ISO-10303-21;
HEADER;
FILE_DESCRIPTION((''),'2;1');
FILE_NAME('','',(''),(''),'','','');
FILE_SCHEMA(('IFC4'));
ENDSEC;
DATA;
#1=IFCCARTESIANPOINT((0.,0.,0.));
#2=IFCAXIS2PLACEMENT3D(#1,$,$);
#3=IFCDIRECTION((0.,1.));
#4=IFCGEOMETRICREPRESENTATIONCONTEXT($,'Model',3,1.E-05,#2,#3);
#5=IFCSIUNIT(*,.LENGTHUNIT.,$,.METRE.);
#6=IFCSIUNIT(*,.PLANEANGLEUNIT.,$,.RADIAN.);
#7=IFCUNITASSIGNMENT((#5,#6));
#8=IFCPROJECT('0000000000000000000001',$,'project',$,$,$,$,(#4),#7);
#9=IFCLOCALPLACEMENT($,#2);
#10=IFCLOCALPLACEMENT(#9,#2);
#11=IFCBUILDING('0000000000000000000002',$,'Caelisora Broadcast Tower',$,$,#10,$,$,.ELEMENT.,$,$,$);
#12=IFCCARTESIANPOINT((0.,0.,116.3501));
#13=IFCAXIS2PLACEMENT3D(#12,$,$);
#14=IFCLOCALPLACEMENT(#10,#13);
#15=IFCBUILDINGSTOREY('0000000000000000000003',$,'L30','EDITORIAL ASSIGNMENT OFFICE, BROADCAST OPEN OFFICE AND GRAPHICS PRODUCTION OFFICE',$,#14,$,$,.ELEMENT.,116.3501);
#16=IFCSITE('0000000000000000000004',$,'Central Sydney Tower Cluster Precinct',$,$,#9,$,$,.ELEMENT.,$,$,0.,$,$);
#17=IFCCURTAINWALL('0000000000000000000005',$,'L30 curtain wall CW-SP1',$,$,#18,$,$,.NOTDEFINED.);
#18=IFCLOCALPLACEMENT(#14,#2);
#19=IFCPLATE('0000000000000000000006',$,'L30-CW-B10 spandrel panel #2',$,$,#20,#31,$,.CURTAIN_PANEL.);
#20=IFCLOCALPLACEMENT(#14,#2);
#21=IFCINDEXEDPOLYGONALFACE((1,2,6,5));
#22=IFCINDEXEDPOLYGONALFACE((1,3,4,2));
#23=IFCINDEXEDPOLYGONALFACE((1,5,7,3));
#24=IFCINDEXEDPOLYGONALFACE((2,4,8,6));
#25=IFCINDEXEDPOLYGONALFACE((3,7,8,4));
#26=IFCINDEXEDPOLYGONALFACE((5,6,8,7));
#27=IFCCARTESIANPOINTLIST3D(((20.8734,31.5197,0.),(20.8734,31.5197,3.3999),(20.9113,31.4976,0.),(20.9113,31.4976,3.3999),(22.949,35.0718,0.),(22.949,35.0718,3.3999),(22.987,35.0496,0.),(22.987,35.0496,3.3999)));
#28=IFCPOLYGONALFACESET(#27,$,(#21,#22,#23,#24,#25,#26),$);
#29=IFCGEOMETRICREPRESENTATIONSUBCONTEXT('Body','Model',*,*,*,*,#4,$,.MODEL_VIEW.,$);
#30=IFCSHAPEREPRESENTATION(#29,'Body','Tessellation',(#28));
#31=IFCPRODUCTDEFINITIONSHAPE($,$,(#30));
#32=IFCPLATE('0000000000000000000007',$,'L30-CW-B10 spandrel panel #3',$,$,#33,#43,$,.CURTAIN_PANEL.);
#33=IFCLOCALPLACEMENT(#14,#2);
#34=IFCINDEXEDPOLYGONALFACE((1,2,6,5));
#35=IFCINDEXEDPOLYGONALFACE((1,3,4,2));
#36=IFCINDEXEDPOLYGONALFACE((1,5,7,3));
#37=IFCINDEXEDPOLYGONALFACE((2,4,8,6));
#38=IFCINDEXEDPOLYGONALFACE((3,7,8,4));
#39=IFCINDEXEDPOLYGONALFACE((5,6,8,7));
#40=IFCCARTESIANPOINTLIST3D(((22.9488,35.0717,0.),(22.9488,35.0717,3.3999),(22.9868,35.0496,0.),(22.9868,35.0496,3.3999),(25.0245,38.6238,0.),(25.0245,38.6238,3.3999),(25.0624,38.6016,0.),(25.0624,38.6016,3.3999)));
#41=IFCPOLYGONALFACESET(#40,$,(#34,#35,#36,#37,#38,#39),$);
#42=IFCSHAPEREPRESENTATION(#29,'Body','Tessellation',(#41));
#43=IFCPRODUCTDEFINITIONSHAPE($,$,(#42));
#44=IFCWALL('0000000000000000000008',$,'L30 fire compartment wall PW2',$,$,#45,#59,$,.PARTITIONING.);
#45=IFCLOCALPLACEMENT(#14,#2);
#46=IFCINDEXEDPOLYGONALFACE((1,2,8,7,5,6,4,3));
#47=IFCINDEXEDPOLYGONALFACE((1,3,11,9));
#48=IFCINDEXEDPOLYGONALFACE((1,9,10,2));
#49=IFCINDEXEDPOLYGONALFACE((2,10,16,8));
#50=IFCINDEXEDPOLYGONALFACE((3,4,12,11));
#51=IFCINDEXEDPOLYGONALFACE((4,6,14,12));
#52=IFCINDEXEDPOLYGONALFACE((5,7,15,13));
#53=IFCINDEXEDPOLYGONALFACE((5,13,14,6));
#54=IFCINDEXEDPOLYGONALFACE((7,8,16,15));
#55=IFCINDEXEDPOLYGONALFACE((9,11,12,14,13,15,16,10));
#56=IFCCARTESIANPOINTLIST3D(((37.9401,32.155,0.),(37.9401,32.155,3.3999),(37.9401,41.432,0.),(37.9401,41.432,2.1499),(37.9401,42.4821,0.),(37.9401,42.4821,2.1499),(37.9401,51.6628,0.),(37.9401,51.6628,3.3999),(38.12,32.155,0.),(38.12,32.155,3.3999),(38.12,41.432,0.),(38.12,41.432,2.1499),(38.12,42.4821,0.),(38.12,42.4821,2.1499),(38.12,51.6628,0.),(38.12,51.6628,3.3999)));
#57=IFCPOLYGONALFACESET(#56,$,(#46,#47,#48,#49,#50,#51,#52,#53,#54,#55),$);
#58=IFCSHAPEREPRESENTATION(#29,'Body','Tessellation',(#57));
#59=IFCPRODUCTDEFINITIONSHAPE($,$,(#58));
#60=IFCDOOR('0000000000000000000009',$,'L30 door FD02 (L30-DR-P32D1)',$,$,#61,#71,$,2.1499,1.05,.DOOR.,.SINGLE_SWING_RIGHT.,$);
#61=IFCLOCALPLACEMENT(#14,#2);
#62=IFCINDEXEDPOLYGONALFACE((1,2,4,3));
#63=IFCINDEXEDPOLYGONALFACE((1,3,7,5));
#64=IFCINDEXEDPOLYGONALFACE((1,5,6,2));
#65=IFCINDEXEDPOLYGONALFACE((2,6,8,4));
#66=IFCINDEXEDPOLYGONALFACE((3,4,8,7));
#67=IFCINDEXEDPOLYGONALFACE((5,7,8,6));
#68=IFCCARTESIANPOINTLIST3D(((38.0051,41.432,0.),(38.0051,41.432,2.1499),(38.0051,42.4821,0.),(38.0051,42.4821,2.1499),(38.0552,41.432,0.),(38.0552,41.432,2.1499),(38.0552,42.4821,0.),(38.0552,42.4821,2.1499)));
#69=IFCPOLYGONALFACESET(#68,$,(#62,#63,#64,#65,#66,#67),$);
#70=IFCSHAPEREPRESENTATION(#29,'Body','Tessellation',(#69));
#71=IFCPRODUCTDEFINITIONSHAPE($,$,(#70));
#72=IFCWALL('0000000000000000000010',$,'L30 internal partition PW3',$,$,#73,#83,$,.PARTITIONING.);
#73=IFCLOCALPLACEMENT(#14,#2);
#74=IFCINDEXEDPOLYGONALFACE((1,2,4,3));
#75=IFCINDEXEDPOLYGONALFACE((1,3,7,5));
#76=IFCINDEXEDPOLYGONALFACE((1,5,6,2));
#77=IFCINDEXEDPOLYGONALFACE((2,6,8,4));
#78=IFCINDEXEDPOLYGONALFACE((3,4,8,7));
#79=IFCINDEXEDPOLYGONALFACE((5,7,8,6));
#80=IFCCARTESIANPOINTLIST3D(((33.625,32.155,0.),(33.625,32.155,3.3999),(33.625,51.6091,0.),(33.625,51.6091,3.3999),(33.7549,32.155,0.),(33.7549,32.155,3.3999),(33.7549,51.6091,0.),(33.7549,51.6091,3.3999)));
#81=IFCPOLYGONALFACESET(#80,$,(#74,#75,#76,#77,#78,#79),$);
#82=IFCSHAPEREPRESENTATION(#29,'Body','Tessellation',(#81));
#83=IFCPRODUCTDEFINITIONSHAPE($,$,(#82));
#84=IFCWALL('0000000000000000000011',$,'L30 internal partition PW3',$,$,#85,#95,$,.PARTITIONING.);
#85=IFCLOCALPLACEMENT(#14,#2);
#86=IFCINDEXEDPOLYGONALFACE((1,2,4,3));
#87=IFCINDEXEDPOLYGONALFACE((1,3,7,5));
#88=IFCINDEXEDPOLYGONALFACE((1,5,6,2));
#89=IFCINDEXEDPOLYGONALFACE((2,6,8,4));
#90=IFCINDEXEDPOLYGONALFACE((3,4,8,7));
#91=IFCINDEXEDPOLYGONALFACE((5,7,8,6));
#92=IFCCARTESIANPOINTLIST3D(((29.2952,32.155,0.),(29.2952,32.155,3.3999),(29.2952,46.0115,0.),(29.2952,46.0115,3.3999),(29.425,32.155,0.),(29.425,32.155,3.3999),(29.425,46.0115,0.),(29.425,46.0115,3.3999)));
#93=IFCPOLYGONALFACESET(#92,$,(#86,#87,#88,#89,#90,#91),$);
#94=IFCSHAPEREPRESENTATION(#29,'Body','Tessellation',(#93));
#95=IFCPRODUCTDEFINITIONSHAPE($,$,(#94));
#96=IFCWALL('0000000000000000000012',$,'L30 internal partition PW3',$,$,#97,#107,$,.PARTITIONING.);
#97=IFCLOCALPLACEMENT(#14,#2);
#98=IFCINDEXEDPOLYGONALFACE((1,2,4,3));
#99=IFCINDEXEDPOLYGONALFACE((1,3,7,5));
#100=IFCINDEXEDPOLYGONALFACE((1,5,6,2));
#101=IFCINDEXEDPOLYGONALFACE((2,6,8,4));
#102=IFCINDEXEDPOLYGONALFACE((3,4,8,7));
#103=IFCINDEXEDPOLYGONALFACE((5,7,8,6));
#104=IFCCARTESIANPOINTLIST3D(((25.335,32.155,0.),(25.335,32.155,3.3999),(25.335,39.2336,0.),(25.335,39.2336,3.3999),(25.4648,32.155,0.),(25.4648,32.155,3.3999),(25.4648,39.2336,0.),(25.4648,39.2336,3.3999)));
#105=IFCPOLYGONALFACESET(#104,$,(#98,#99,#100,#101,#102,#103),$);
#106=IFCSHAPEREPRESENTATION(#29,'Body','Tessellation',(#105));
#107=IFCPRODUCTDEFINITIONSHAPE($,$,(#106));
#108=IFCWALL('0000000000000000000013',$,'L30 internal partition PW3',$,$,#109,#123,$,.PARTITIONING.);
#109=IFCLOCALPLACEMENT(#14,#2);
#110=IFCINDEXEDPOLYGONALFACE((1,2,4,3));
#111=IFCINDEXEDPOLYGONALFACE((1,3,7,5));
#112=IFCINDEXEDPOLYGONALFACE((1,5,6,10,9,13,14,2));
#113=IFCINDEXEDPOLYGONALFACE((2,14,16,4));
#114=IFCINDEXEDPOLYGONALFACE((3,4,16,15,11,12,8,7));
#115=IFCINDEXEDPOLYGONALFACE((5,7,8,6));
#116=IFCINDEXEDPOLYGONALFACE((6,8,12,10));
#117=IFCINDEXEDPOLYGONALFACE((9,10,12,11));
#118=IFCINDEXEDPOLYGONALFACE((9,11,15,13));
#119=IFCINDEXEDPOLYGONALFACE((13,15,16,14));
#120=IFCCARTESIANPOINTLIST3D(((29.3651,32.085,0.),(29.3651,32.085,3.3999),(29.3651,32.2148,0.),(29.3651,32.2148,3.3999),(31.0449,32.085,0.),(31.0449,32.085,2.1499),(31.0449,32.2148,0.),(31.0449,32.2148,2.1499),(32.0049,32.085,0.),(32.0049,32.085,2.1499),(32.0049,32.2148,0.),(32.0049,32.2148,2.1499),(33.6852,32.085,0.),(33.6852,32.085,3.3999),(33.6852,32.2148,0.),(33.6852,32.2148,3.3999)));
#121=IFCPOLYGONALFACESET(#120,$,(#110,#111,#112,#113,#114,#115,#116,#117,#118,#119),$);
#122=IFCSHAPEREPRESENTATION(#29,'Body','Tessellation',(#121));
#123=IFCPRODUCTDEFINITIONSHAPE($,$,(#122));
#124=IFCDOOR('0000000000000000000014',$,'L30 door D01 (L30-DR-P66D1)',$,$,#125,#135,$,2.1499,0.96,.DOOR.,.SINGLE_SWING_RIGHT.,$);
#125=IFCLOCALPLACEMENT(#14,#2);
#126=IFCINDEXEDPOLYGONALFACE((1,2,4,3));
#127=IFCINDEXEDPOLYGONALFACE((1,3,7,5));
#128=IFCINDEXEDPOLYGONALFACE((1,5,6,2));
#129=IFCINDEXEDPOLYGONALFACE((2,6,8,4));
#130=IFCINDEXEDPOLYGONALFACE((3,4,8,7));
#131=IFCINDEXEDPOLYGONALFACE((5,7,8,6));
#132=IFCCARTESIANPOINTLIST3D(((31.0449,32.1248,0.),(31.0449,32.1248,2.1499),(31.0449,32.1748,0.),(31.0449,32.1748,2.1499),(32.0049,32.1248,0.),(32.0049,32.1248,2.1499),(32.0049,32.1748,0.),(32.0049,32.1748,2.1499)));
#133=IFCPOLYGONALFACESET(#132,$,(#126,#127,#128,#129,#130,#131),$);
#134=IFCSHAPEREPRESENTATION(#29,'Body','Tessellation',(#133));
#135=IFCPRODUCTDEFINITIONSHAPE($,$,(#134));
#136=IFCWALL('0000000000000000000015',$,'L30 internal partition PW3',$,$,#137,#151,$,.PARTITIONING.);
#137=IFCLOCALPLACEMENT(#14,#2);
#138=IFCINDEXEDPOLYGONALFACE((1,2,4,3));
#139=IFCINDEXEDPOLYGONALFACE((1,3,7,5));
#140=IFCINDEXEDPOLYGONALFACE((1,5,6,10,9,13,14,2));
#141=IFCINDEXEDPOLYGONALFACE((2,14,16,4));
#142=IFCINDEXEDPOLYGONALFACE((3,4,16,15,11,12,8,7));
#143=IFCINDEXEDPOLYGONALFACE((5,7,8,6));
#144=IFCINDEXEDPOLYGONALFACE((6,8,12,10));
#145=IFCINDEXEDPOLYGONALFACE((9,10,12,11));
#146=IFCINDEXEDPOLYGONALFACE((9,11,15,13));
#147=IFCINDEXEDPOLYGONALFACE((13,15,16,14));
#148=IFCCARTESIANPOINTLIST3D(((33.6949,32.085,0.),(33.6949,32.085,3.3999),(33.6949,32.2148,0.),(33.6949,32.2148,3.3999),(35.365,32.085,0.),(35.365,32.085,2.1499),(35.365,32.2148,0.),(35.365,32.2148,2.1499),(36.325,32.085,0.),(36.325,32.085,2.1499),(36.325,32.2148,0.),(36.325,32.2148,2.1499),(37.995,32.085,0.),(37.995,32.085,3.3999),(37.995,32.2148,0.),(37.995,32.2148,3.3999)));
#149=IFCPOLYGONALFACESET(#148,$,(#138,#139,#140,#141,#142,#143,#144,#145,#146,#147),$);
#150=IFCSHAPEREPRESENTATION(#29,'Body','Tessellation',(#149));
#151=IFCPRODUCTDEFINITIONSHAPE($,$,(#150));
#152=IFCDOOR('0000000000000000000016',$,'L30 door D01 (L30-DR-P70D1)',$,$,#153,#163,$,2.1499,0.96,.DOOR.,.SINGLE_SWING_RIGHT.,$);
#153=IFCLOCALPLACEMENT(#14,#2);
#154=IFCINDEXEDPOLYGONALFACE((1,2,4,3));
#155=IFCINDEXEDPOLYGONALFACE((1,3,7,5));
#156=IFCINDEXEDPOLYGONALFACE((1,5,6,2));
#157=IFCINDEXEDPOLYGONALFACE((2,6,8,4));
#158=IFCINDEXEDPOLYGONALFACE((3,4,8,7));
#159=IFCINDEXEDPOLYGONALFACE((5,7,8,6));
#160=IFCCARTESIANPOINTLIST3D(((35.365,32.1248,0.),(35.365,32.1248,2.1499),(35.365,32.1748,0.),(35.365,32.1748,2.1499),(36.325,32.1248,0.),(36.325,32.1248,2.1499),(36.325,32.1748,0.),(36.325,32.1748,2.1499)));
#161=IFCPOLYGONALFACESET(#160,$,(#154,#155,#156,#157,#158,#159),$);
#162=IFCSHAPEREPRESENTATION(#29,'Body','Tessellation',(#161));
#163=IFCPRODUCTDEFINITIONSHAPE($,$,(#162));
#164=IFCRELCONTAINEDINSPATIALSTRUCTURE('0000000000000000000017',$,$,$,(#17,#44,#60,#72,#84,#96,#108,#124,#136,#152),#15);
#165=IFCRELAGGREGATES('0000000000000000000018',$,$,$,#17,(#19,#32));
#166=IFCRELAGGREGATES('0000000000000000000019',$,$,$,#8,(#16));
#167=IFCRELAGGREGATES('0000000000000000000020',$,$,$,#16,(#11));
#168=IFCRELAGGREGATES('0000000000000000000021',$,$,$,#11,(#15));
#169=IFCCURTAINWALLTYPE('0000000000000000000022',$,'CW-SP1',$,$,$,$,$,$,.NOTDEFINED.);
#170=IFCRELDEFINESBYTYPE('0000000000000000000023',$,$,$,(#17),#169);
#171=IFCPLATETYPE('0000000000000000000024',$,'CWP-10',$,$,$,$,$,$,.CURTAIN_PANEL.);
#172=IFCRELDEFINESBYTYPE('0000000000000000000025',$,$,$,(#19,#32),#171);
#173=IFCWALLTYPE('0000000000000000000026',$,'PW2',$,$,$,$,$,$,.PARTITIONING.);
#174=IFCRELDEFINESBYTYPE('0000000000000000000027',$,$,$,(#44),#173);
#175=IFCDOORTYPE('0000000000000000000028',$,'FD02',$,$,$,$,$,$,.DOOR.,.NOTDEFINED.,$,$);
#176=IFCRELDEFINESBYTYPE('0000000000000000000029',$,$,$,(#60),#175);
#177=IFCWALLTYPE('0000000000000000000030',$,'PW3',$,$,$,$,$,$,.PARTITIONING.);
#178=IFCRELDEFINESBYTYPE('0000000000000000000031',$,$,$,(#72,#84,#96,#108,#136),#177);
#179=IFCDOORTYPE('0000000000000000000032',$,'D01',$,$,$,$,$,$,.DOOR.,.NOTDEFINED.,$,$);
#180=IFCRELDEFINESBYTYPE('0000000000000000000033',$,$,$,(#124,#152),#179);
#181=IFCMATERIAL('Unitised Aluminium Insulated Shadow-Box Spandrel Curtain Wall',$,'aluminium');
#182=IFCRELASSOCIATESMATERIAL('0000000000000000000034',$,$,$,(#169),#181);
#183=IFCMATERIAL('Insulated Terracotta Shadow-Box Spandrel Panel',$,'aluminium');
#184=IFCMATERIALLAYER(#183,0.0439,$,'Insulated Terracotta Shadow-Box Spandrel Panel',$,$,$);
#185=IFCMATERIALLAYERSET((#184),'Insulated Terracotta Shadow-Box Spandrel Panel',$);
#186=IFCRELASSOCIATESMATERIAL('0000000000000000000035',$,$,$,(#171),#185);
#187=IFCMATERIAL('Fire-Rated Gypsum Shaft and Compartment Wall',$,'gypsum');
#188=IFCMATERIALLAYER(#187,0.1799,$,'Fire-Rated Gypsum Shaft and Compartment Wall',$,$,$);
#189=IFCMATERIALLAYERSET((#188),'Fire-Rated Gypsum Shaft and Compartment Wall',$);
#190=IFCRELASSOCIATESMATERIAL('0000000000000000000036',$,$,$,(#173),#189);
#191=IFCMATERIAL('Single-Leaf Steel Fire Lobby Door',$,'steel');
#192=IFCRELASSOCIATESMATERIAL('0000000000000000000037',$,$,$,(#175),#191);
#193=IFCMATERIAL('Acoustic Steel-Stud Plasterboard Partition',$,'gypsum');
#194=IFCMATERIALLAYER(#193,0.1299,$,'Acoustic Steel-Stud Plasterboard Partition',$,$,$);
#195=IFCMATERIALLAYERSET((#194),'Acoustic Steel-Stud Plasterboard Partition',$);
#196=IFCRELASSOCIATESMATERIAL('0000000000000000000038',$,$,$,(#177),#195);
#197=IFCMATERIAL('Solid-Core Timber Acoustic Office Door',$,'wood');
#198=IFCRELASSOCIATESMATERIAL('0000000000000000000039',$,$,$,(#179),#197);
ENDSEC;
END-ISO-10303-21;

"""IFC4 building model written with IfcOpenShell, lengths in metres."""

from ifc_helpers import new_model, si_unit, direction, frame, frame_2d, origin, origin_2d, place, context, subcontext, project, spatial, rectangle, extrude, source, transform, mapped, material, layer, layer_set, type_object, type_shapes, element, fill, aggregate, save


model = new_model("IFC4")

# Units and contexts
model_context = context("Model", 3, precision=1e-05, world=origin(), true_north=direction((0.0, 1.0)))
body_context = subcontext(model_context, "Body", "Model", "MODEL_VIEW")
ifc_project = project(units=[si_unit("LENGTHUNIT", "METRE"), si_unit("PLANEANGLEUNIT", "RADIAN")], contexts=[model_context])

# Site, building, storey
site_placement = place(None, origin())
site = spatial("IfcSite", under=ifc_project, at=site_placement, Name="Central Sydney Tower Cluster Precinct", CompositionType="ELEMENT", RefElevation=0.0)
building_placement = place(site_placement, origin())
building = spatial("IfcBuilding", under=site, at=building_placement, Name="Caelisora Broadcast Tower", CompositionType="ELEMENT")
storey_placement = place(building_placement, frame((0.0, 0.0, 116.3501)))
storey = spatial("IfcBuildingStorey", under=building, at=storey_placement, Name="L30", Description="EDITORIAL ASSIGNMENT OFFICE, BROADCAST OPEN OFFICE AND GRAPHICS PRODUCTION OFFICE", CompositionType="ELEMENT", Elevation=116.3501)

# Curtain wall, plates
ifc_material_1 = material(Name="Unitised Aluminium Insulated Shadow-Box Spandrel Curtain Wall", Category="aluminium")
curtain_wall_type = type_object("IfcCurtainWallType", Name="CW-SP1", PredefinedType="NOTDEFINED", material=ifc_material_1)
curtain_wall_placement = place(storey_placement, origin())
curtain_wall = element("IfcCurtainWall", 1, at=curtain_wall_placement, inside=storey, type_object=curtain_wall_type, Name="L30 curtain wall CW-SP1", PredefinedType="NOTDEFINED")
ifc_material_2 = material(Name="Insulated Terracotta Shadow-Box Spandrel Panel", Category="aluminium")
ifc_layer_1 = layer(ifc_material_2, 0.0439, Name="Insulated Terracotta Shadow-Box Spandrel Panel")
ifc_layer_set_1 = layer_set([ifc_layer_1], Name="Insulated Terracotta Shadow-Box Spandrel Panel")
plate_type = type_object("IfcPlateType", Name="CWP-10", PredefinedType="CURTAIN_PANEL", material=ifc_layer_set_1)
shared_shape_1 = source(origin(), body_context, "Body", "SweptSolid", [
    extrude(rectangle(XDim=4.114, YDim=0.0439, at=origin_2d()), origin(), (0.0, 0.0, 1.0), 3.3999),
])
type_shapes(plate_type, [shared_shape_1])
plate_1_placement = place(storey_placement, frame((21.9302, 33.2847, 0.0), z_axis=(0.0, 0.0, 1.0), x_axis=(0.504528, 0.863396, 0.0)))
plate_1 = element("IfcPlate", 2, at=plate_1_placement, type_object=plate_type, Name="L30-CW-B10 spandrel panel #2", PredefinedType="CURTAIN_PANEL", context=body_context, shape_type="MappedRepresentation", body=[
    mapped(shared_shape_1, transform((0.0, 0.0, 0.0), scale=1.0)),
])
plate_2_placement = place(storey_placement, frame((24.0056, 36.8367, 0.0), z_axis=(0.0, 0.0, 1.0), x_axis=(0.504528, 0.863396, 0.0)))
plate_2 = element("IfcPlate", 3, at=plate_2_placement, type_object=plate_type, Name="L30-CW-B10 spandrel panel #3", PredefinedType="CURTAIN_PANEL", context=body_context, shape_type="MappedRepresentation", body=[
    mapped(shared_shape_1, transform((0.0, 0.0, 0.0), scale=1.0)),
])
aggregate(curtain_wall, [plate_1, plate_2])

# Wall, opening, door
ifc_material_3 = material(Name="Fire-Rated Gypsum Shaft and Compartment Wall", Category="gypsum")
ifc_layer_2 = layer(ifc_material_3, 0.1799, Name="Fire-Rated Gypsum Shaft and Compartment Wall")
ifc_layer_set_2 = layer_set([ifc_layer_2], Name="Fire-Rated Gypsum Shaft and Compartment Wall")
wall_type_1 = type_object("IfcWallType", Name="PW2", PredefinedType="PARTITIONING", material=ifc_layer_set_2)
wall_1_placement = place(storey_placement, frame((38.03, 32.155, 0.0), z_axis=(0.0, 0.0, 1.0), x_axis=(0.0, 1.0, 0.0)))
wall_1 = element("IfcWall", 4, at=wall_1_placement, inside=storey, type_object=wall_type_1, Name="L30 fire compartment wall PW2", PredefinedType="PARTITIONING", context=body_context, shape_type="SweptSolid", body=[
    extrude(rectangle(XDim=19.5078, YDim=0.1799, at=frame_2d((9.7539, 0.0))), origin(), (0.0, 0.0, 1.0), 3.3999),
])
opening_1_placement = place(wall_1_placement, frame((9.2771, 0.0, 0.0)))
opening_1 = element("IfcOpeningElement", 5, at=opening_1_placement, cuts=wall_1, PredefinedType="OPENING", context=body_context, shape_type="SweptSolid", body=[
    extrude(rectangle(XDim=1.05, YDim=2.1499, at=frame_2d((0.5249, 1.075))), frame((0.0, 0.1021, 0.0), z_axis=(0.0, -1.0, 0.0), x_axis=(1.0, 0.0, 0.0)), (0.0, 0.0, 1.0), 0.2039),
])
ifc_material_4 = material(Name="Single-Leaf Steel Fire Lobby Door", Category="steel")
door_type_1 = type_object("IfcDoorType", Name="FD02", OperationType="NOTDEFINED", PredefinedType="DOOR", material=ifc_material_4)
door_1_placement = place(opening_1_placement, origin())
door_1 = element("IfcDoor", 6, at=door_1_placement, inside=storey, type_object=door_type_1, Name="L30 door FD02 (L30-DR-P32D1)", OperationType="SINGLE_SWING_RIGHT", OverallHeight=2.1499, OverallWidth=1.05, PredefinedType="DOOR", context=body_context, shape_type="SweptSolid", body=[
    extrude(rectangle(XDim=1.05, YDim=2.1499, at=frame_2d((0.5249, 1.075))), frame((0.0, 0.0249, 0.0), z_axis=(0.0, -1.0, 0.0), x_axis=(1.0, 0.0, 0.0)), (0.0, 0.0, 1.0), 0.05),
])
fill(opening_1, door_1)

# Walls
ifc_material_5 = material(Name="Acoustic Steel-Stud Plasterboard Partition", Category="gypsum")
ifc_layer_3 = layer(ifc_material_5, 0.1299, Name="Acoustic Steel-Stud Plasterboard Partition")
ifc_layer_set_3 = layer_set([ifc_layer_3], Name="Acoustic Steel-Stud Plasterboard Partition")
wall_type_2 = type_object("IfcWallType", Name="PW3", PredefinedType="PARTITIONING", material=ifc_layer_set_3)
wall_2_placement = place(storey_placement, frame((33.6899, 32.155, 0.0), z_axis=(0.0, 0.0, 1.0), x_axis=(0.0, 1.0, 0.0)))
element("IfcWall", 7, at=wall_2_placement, inside=storey, type_object=wall_type_2, Name="L30 internal partition PW3", PredefinedType="PARTITIONING", context=body_context, shape_type="SweptSolid", body=[
    extrude(rectangle(XDim=19.4541, YDim=0.1299, at=frame_2d((9.7271, 0.0))), origin(), (0.0, 0.0, 1.0), 3.3999),
])
wall_3_placement = place(storey_placement, frame((29.3601, 32.155, 0.0), z_axis=(0.0, 0.0, 1.0), x_axis=(0.0, 1.0, 0.0)))
element("IfcWall", 8, at=wall_3_placement, inside=storey, type_object=wall_type_2, Name="L30 internal partition PW3", PredefinedType="PARTITIONING", context=body_context, shape_type="SweptSolid", body=[
    extrude(rectangle(XDim=13.8564, YDim=0.1299, at=frame_2d((6.9282, 0.0))), origin(), (0.0, 0.0, 1.0), 3.3999),
])
wall_4_placement = place(storey_placement, frame((25.3999, 32.155, 0.0), z_axis=(0.0, 0.0, 1.0), x_axis=(0.0, 1.0, 0.0)))
element("IfcWall", 9, at=wall_4_placement, inside=storey, type_object=wall_type_2, Name="L30 internal partition PW3", PredefinedType="PARTITIONING", context=body_context, shape_type="SweptSolid", body=[
    extrude(rectangle(XDim=7.0786, YDim=0.1299, at=frame_2d((3.5393, 0.0))), origin(), (0.0, 0.0, 1.0), 3.3999),
])

# Walls, openings, doors
wall_5_placement = place(storey_placement, frame((29.365, 32.1499, 0.0), z_axis=(0.0, 0.0, 1.0), x_axis=(1.0, 0.0, 0.0)))
wall_5 = element("IfcWall", 10, at=wall_5_placement, inside=storey, type_object=wall_type_2, Name="L30 internal partition PW3", PredefinedType="PARTITIONING", context=body_context, shape_type="SweptSolid", body=[
    extrude(rectangle(XDim=4.3201, YDim=0.1299, at=frame_2d((2.1602, 0.0))), origin(), (0.0, 0.0, 1.0), 3.3999),
])
opening_2_placement = place(wall_5_placement, frame((1.6799, 0.0, 0.0)))
opening_2 = element("IfcOpeningElement", 11, at=opening_2_placement, cuts=wall_5, PredefinedType="OPENING", context=body_context, shape_type="SweptSolid", body=[
    extrude(rectangle(XDim=0.96, YDim=2.1499, at=frame_2d((0.48, 1.075))), frame((0.0, 0.0769, 0.0), z_axis=(0.0, -1.0, 0.0), x_axis=(1.0, 0.0, 0.0)), (0.0, 0.0, 1.0), 0.1538),
])
ifc_material_6 = material(Name="Solid-Core Timber Acoustic Office Door", Category="wood")
door_type_2 = type_object("IfcDoorType", Name="D01", OperationType="NOTDEFINED", PredefinedType="DOOR", material=ifc_material_6)
door_2_placement = place(opening_2_placement, origin())
door_2 = element("IfcDoor", 12, at=door_2_placement, inside=storey, type_object=door_type_2, Name="L30 door D01 (L30-DR-P66D1)", OperationType="SINGLE_SWING_RIGHT", OverallHeight=2.1499, OverallWidth=0.96, PredefinedType="DOOR", context=body_context, shape_type="SweptSolid", body=[
    extrude(rectangle(XDim=0.96, YDim=2.1499, at=frame_2d((0.48, 1.075))), frame((0.0, 0.0249, 0.0), z_axis=(0.0, -1.0, 0.0), x_axis=(1.0, 0.0, 0.0)), (0.0, 0.0, 1.0), 0.05),
])
fill(opening_2, door_2)
wall_6_placement = place(storey_placement, frame((33.6951, 32.1499, 0.0), z_axis=(0.0, 0.0, 1.0), x_axis=(1.0, 0.0, 0.0)))
wall_6 = element("IfcWall", 13, at=wall_6_placement, inside=storey, type_object=wall_type_2, Name="L30 internal partition PW3", PredefinedType="PARTITIONING", context=body_context, shape_type="SweptSolid", body=[
    extrude(rectangle(XDim=4.3, YDim=0.1299, at=frame_2d((2.1499, 0.0))), origin(), (0.0, 0.0, 1.0), 3.3999),
])
opening_3_placement = place(wall_6_placement, frame((1.6699, 0.0, 0.0)))
opening_3 = element("IfcOpeningElement", 14, at=opening_3_placement, cuts=wall_6, PredefinedType="OPENING", context=body_context, shape_type="SweptSolid", body=[
    extrude(rectangle(XDim=0.96, YDim=2.1499, at=frame_2d((0.48, 1.075))), frame((0.0, 0.0769, 0.0), z_axis=(0.0, -1.0, 0.0), x_axis=(1.0, 0.0, 0.0)), (0.0, 0.0, 1.0), 0.1538),
])
door_3_placement = place(opening_3_placement, origin())
door_3 = element("IfcDoor", 15, at=door_3_placement, inside=storey, type_object=door_type_2, Name="L30 door D01 (L30-DR-P70D1)", OperationType="SINGLE_SWING_RIGHT", OverallHeight=2.1499, OverallWidth=0.96, PredefinedType="DOOR", context=body_context, shape_type="SweptSolid", body=[
    extrude(rectangle(XDim=0.96, YDim=2.1499, at=frame_2d((0.48, 1.075))), frame((0.0, 0.0249, 0.0), z_axis=(0.0, -1.0, 0.0), x_axis=(1.0, 0.0, 0.0)), (0.0, 0.0, 1.0), 0.05),
])
fill(opening_3, door_3)

save(model, "model.ifc")
